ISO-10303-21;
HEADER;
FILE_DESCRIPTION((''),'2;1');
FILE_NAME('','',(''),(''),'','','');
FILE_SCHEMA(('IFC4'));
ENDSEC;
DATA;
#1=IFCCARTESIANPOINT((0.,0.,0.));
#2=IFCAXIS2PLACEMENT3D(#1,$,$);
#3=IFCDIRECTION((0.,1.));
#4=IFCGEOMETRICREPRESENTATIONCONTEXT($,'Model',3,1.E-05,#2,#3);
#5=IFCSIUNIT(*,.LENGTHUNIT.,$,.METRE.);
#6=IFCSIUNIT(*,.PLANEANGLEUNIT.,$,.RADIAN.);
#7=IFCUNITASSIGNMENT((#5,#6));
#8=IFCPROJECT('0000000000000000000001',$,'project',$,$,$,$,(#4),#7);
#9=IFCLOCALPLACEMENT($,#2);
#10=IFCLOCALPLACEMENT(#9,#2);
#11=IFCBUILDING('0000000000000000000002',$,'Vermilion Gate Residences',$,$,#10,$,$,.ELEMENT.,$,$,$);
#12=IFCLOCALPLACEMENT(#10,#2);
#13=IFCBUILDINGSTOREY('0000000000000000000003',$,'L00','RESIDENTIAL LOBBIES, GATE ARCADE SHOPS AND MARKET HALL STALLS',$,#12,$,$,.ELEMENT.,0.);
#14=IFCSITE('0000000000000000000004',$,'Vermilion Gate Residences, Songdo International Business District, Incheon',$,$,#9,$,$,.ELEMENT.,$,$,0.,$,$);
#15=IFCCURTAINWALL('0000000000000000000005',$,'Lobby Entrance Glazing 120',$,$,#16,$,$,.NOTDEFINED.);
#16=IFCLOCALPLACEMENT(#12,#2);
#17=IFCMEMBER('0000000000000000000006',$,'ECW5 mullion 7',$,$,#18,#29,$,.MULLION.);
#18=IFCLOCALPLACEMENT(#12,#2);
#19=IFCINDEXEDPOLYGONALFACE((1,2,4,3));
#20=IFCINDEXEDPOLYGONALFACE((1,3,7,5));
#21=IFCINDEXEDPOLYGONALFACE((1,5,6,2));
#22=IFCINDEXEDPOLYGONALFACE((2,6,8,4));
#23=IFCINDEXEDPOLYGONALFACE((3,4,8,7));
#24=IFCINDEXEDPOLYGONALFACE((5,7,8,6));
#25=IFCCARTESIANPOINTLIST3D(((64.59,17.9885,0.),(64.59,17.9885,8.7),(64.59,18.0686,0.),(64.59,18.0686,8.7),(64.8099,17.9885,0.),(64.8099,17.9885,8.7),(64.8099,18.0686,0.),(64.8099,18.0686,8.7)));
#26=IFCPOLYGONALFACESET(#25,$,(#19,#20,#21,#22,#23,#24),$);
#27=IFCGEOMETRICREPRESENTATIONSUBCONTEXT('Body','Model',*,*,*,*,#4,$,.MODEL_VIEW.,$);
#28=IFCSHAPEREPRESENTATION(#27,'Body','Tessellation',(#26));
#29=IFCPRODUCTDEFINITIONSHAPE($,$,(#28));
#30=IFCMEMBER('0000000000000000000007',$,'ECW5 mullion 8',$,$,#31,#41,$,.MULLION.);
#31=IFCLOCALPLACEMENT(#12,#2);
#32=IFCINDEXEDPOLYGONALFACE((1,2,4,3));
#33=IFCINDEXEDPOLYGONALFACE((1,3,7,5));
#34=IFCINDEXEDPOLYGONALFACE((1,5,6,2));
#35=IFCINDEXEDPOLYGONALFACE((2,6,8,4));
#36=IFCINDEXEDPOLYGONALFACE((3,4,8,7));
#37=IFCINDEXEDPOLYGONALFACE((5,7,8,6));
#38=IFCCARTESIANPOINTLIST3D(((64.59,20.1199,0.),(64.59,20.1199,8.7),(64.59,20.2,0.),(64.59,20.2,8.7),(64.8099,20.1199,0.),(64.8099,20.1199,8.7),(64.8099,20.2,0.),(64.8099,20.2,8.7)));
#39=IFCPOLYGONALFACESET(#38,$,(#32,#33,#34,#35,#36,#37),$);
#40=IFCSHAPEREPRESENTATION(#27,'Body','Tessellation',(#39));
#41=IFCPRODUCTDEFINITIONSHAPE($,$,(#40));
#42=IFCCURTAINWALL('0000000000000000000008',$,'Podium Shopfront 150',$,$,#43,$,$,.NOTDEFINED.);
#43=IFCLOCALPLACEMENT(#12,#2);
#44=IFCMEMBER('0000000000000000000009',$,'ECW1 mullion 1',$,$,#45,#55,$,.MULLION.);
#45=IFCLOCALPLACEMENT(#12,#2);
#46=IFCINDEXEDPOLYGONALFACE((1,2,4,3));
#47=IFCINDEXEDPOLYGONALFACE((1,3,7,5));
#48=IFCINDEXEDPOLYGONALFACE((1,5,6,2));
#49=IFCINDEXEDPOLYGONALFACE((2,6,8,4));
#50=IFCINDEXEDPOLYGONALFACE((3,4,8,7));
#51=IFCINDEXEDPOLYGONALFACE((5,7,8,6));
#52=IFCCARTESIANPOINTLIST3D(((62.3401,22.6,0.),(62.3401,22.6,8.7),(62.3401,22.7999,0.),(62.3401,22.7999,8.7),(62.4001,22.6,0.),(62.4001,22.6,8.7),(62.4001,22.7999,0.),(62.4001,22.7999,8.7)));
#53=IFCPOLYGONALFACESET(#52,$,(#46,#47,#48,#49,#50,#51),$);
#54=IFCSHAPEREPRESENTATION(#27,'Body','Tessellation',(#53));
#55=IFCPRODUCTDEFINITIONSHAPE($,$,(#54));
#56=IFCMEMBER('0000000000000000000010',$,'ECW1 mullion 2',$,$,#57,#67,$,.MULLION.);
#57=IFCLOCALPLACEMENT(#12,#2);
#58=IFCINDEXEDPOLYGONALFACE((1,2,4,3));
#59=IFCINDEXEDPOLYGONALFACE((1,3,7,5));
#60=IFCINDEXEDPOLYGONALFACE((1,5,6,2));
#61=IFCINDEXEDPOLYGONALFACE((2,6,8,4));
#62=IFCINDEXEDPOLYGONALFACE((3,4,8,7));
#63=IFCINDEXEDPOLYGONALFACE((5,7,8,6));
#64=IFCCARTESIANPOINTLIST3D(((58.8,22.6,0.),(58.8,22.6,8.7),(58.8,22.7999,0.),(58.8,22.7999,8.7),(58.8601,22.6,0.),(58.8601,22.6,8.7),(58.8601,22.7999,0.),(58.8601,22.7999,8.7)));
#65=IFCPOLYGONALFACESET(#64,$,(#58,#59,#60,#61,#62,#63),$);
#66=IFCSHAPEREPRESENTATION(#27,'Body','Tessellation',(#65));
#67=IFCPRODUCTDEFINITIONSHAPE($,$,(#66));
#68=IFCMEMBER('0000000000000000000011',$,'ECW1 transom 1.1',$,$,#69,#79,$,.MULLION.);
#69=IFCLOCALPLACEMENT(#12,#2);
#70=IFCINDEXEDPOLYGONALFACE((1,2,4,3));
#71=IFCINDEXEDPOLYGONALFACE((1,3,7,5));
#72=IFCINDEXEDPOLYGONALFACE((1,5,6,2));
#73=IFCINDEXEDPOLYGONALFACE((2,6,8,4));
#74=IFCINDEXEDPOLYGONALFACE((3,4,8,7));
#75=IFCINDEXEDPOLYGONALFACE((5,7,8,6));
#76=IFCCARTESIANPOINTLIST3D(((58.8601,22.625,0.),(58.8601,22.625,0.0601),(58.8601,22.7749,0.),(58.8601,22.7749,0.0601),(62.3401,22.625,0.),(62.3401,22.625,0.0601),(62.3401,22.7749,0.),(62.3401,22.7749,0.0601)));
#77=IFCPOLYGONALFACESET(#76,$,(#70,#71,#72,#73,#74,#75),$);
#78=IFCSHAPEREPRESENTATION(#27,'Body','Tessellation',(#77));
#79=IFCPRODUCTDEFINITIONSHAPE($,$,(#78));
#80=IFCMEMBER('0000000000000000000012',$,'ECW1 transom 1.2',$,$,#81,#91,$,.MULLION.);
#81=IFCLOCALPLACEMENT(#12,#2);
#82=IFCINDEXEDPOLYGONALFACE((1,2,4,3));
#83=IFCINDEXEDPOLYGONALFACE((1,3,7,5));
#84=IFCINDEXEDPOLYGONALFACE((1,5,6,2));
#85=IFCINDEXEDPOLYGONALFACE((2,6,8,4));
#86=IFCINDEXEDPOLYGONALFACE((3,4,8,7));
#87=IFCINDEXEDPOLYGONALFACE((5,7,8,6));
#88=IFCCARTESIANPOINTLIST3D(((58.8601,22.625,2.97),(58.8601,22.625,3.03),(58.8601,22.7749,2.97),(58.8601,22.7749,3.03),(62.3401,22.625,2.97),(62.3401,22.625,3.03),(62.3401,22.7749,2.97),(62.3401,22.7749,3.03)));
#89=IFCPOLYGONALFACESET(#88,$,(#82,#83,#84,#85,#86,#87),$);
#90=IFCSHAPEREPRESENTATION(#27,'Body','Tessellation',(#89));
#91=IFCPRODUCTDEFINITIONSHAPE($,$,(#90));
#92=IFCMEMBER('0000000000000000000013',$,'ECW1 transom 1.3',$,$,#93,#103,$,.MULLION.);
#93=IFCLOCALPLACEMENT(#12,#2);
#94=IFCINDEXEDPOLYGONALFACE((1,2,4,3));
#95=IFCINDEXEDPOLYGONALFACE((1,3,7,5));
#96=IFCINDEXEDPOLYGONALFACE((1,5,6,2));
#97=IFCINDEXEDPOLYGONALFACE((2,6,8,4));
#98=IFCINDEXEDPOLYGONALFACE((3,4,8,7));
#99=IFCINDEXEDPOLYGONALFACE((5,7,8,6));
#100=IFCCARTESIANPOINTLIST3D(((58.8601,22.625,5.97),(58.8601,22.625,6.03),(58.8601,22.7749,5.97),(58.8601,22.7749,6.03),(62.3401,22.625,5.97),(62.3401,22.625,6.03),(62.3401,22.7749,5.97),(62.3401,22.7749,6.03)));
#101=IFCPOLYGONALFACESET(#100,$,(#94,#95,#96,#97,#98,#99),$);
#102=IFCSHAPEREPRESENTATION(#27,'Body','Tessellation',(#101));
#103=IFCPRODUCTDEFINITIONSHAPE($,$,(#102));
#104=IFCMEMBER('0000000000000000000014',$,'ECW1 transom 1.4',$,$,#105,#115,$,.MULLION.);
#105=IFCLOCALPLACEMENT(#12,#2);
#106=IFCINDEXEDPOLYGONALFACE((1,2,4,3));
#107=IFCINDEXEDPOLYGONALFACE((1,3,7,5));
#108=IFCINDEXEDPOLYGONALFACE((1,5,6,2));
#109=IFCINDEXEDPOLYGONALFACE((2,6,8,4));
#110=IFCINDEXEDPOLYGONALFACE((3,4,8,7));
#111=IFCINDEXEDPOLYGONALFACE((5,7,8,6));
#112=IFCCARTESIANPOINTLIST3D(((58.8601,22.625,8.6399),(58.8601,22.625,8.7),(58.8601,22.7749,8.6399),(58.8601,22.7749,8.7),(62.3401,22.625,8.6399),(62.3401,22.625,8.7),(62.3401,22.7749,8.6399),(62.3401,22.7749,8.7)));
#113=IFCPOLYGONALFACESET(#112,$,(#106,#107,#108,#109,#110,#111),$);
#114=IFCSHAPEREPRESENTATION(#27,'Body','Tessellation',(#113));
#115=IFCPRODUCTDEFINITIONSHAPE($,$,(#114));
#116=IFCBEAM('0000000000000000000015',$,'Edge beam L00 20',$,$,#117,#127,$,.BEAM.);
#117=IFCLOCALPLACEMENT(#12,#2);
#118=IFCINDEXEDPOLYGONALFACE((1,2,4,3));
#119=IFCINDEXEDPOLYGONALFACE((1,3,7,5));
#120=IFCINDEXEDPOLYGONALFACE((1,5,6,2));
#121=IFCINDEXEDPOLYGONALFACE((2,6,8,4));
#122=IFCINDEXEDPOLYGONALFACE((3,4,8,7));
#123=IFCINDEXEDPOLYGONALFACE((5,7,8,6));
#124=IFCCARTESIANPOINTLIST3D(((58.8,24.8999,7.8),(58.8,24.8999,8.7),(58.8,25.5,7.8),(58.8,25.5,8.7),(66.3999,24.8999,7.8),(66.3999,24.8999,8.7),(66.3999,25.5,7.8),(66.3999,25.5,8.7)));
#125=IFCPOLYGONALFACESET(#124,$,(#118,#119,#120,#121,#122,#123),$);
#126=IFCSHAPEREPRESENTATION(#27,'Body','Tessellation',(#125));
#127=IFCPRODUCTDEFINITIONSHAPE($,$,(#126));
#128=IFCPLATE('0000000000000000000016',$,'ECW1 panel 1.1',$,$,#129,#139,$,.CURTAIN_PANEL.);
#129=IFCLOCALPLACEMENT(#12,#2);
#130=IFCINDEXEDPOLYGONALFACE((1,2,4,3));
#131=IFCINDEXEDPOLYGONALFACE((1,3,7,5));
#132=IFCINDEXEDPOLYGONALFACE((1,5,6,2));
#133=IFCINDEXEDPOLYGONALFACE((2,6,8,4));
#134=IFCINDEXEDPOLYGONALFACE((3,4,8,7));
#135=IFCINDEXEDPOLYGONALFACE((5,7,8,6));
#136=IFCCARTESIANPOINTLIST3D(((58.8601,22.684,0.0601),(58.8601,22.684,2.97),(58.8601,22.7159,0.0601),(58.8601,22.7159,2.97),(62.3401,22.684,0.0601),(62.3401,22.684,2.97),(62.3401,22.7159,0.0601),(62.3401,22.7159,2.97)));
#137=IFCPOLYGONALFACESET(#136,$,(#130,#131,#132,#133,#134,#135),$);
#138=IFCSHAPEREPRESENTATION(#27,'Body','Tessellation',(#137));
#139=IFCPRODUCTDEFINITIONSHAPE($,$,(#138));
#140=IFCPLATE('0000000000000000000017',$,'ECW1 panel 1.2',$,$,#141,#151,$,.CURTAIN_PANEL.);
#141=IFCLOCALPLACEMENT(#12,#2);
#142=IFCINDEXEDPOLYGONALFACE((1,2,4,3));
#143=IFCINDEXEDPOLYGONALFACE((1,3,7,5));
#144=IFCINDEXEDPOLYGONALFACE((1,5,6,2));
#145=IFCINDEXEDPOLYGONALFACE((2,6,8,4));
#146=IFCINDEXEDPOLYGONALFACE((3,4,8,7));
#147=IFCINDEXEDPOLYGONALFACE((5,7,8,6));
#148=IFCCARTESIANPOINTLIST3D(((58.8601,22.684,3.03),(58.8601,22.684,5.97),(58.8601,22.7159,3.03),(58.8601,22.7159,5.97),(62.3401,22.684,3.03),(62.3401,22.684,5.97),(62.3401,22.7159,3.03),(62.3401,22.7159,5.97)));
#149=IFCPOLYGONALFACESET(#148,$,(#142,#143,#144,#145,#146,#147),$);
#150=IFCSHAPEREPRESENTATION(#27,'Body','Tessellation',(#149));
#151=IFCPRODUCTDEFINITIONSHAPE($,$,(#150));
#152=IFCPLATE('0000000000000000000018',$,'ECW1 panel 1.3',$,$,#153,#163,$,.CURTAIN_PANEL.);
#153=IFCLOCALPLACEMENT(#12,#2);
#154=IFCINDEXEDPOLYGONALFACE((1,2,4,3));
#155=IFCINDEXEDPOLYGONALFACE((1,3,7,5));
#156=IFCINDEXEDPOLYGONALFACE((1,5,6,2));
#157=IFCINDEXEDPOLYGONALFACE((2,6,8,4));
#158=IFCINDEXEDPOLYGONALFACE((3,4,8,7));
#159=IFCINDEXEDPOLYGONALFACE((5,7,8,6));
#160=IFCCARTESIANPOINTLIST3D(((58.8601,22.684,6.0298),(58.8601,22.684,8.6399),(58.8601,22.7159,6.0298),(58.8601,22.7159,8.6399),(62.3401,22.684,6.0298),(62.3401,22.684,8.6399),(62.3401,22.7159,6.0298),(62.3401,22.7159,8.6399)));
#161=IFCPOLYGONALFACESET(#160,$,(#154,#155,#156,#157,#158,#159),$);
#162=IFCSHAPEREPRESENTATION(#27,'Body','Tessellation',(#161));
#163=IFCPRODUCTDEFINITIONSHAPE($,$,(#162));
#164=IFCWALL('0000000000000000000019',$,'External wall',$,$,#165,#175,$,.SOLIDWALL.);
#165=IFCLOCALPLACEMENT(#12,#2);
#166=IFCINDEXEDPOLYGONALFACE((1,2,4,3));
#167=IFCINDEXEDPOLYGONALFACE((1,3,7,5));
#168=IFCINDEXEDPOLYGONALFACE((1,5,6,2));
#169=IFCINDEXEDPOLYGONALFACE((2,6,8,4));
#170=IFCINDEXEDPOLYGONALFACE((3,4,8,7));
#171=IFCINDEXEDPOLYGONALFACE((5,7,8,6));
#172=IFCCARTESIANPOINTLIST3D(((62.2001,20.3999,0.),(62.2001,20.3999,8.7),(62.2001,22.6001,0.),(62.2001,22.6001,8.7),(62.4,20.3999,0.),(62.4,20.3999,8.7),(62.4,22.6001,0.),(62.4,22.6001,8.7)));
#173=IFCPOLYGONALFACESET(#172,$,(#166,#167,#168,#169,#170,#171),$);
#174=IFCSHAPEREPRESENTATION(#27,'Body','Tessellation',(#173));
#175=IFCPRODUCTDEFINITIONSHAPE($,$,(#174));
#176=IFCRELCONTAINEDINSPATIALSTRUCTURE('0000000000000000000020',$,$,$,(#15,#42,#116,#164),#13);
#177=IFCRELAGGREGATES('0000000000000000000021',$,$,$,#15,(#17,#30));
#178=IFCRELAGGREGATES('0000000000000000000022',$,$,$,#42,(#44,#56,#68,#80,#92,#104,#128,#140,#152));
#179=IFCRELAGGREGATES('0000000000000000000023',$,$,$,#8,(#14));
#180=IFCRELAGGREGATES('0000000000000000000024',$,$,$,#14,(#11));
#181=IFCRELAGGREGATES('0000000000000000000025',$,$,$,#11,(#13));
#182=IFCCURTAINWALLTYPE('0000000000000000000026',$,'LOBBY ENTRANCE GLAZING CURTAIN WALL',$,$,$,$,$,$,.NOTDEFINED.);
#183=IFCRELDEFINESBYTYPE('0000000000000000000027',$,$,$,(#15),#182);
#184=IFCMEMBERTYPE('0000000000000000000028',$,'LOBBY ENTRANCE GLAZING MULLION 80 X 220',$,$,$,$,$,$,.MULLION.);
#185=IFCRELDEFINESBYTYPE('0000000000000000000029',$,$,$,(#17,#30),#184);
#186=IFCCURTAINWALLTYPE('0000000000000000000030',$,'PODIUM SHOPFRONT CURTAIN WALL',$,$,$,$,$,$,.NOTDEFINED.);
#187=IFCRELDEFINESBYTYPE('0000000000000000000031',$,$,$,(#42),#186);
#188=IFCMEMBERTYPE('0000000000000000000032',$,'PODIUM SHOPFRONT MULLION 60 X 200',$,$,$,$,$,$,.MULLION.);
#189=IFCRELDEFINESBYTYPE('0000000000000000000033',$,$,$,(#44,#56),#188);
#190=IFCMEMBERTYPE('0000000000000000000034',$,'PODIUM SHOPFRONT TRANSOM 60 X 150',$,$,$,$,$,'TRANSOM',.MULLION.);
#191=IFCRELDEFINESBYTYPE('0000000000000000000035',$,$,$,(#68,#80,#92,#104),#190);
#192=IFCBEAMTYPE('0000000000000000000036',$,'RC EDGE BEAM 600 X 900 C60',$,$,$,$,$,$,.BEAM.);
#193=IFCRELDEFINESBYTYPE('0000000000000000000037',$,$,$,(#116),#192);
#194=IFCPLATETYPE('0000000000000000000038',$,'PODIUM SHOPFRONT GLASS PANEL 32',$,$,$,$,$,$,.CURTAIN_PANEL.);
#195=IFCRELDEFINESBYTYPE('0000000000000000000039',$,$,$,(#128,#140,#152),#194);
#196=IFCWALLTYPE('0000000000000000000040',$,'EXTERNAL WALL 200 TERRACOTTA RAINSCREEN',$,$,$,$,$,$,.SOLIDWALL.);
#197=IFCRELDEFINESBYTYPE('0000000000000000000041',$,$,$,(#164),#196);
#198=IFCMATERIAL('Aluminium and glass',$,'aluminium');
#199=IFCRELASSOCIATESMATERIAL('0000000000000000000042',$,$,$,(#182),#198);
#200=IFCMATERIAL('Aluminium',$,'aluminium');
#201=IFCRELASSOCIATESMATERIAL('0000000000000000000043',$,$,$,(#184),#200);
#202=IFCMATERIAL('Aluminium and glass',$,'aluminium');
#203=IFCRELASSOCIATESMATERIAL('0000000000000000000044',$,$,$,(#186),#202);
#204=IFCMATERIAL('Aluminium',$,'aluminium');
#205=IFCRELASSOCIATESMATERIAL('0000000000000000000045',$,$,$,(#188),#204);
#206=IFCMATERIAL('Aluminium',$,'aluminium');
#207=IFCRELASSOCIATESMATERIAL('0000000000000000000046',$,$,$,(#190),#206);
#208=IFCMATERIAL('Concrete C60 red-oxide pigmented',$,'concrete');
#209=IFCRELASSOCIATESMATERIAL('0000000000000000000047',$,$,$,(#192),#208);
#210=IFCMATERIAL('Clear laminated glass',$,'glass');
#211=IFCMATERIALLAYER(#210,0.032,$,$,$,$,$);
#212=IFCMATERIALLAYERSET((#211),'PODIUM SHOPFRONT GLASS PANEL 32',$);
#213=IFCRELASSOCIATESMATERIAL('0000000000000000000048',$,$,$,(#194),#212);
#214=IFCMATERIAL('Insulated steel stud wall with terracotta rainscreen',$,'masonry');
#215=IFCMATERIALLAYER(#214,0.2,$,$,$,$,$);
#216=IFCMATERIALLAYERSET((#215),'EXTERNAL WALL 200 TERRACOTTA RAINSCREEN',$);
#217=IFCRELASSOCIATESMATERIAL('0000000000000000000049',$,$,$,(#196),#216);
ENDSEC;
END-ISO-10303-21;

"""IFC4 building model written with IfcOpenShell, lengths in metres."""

from ifc_helpers import new_model, si_unit, direction, frame, frame_2d, origin, origin_2d, place, context, subcontext, project, spatial, rectangle, extrude, material, layer, layer_set, material_profile, profile_set, type_object, element, aggregate, save


model = new_model("IFC4")

# Units and contexts
model_context = context("Model", 3, precision=1e-05, world=origin(), true_north=direction((0.0, 1.0)))
body_context = subcontext(model_context, "Body", "Model", "MODEL_VIEW")
ifc_project = project(units=[si_unit("LENGTHUNIT", "METRE"), si_unit("PLANEANGLEUNIT", "RADIAN")], contexts=[model_context])

# Site, building, storey
site_placement = place(None, origin())
site = spatial("IfcSite", under=ifc_project, at=site_placement, Name="Vermilion Gate Residences, Songdo International Business District, Incheon", CompositionType="ELEMENT", RefElevation=0.0)
building_placement = place(site_placement, origin())
building = spatial("IfcBuilding", under=site, at=building_placement, Name="Vermilion Gate Residences", CompositionType="ELEMENT")
storey_placement = place(building_placement, origin())
storey = spatial("IfcBuildingStorey", under=building, at=storey_placement, Name="L00", Description="RESIDENTIAL LOBBIES, GATE ARCADE SHOPS AND MARKET HALL STALLS", CompositionType="ELEMENT", Elevation=0.0)

# Curtain walls, members
ifc_material_1 = material(Name="Aluminium and glass", Category="aluminium")
curtain_wall_type_1 = type_object("IfcCurtainWallType", Name="LOBBY ENTRANCE GLAZING CURTAIN WALL", PredefinedType="NOTDEFINED", material=ifc_material_1)
curtain_wall_1_placement = place(storey_placement, origin())
curtain_wall_1 = element("IfcCurtainWall", 1, at=curtain_wall_1_placement, inside=storey, type_object=curtain_wall_type_1, Name="Lobby Entrance Glazing 120", PredefinedType="NOTDEFINED")
ifc_material_2 = material(Name="Aluminium", Category="aluminium")
ifc_material_profile_1 = material_profile(ifc_material_2, rectangle(XDim=0.22, YDim=0.0801, at=origin_2d()), Name="MULLION 80 X 220")
ifc_profile_set_1 = profile_set([ifc_material_profile_1], Name="Aluminium")
member_type_1 = type_object("IfcMemberType", Name="LOBBY ENTRANCE GLAZING MULLION 80 X 220", PredefinedType="MULLION", material=ifc_profile_set_1)
member_1_placement = place(storey_placement, frame((64.7, 18.0286, 0.0), z_axis=(0.0, 0.0, 1.0), x_axis=(-1.0, 0.0, 0.0)))
member_1 = element("IfcMember", 2, at=member_1_placement, type_object=member_type_1, Name="ECW5 mullion 7", PredefinedType="MULLION", context=body_context, shape_type="SweptSolid", body=[
    extrude(rectangle(XDim=0.22, YDim=0.0801, at=origin_2d()), origin(), (0.0, 0.0, 1.0), 8.7),
])
member_2_placement = place(storey_placement, frame((64.7, 20.1599, 0.0), z_axis=(0.0, 0.0, 1.0), x_axis=(-1.0, 0.0, 0.0)))
member_2 = element("IfcMember", 3, at=member_2_placement, type_object=member_type_1, Name="ECW5 mullion 8", PredefinedType="MULLION", context=body_context, shape_type="SweptSolid", body=[
    extrude(rectangle(XDim=0.22, YDim=0.0801, at=origin_2d()), origin(), (0.0, 0.0, 1.0), 8.7),
])
aggregate(curtain_wall_1, [member_1, member_2])
ifc_material_3 = material(Name="Aluminium and glass", Category="aluminium")
curtain_wall_type_2 = type_object("IfcCurtainWallType", Name="PODIUM SHOPFRONT CURTAIN WALL", PredefinedType="NOTDEFINED", material=ifc_material_3)
curtain_wall_2_placement = place(storey_placement, origin())
curtain_wall_2 = element("IfcCurtainWall", 4, at=curtain_wall_2_placement, inside=storey, type_object=curtain_wall_type_2, Name="Podium Shopfront 150", PredefinedType="NOTDEFINED")
ifc_material_4 = material(Name="Aluminium", Category="aluminium")
ifc_material_profile_2 = material_profile(ifc_material_4, rectangle(XDim=0.2, YDim=0.0601, at=origin_2d()), Name="MULLION 60 X 200")
ifc_profile_set_2 = profile_set([ifc_material_profile_2], Name="Aluminium")
member_type_2 = type_object("IfcMemberType", Name="PODIUM SHOPFRONT MULLION 60 X 200", PredefinedType="MULLION", material=ifc_profile_set_2)
member_3_placement = place(storey_placement, frame((62.3701, 22.7, 0.0), z_axis=(0.0, 0.0, 1.0), x_axis=(0.0, -1.0, 0.0)))
member_3 = element("IfcMember", 5, at=member_3_placement, type_object=member_type_2, Name="ECW1 mullion 1", PredefinedType="MULLION", context=body_context, shape_type="SweptSolid", body=[
    extrude(rectangle(XDim=0.2, YDim=0.0601, at=origin_2d()), origin(), (0.0, 0.0, 1.0), 8.7),
])
member_4_placement = place(storey_placement, frame((58.8301, 22.7, 0.0), z_axis=(0.0, 0.0, 1.0), x_axis=(0.0, -1.0, 0.0)))
member_4 = element("IfcMember", 6, at=member_4_placement, type_object=member_type_2, Name="ECW1 mullion 2", PredefinedType="MULLION", context=body_context, shape_type="SweptSolid", body=[
    extrude(rectangle(XDim=0.2, YDim=0.0601, at=origin_2d()), origin(), (0.0, 0.0, 1.0), 8.7),
])
ifc_material_5 = material(Name="Aluminium", Category="aluminium")
ifc_material_profile_3 = material_profile(ifc_material_5, rectangle(XDim=0.1499, YDim=0.0601, at=origin_2d()), Name="TRANSOM 60 X 150")
ifc_profile_set_3 = profile_set([ifc_material_profile_3], Name="Aluminium")
member_type_3 = type_object("IfcMemberType", Name="PODIUM SHOPFRONT TRANSOM 60 X 150", ElementType="TRANSOM", PredefinedType="MULLION", material=ifc_profile_set_3)
member_5_placement = place(storey_placement, frame((62.3401, 22.7, 0.03), z_axis=(-1.0, 0.0, 0.0), x_axis=(0.0, -1.0, 0.0)))
member_5 = element("IfcMember", 7, at=member_5_placement, type_object=member_type_3, Name="ECW1 transom 1.1", PredefinedType="MULLION", context=body_context, shape_type="SweptSolid", body=[
    extrude(rectangle(XDim=0.1499, YDim=0.0601, at=origin_2d()), origin(), (0.0, 0.0, 1.0), 3.48),
])
member_6_placement = place(storey_placement, frame((62.3401, 22.7, 3.0), z_axis=(-1.0, 0.0, 0.0), x_axis=(0.0, -1.0, 0.0)))
member_6 = element("IfcMember", 8, at=member_6_placement, type_object=member_type_3, Name="ECW1 transom 1.2", PredefinedType="MULLION", context=body_context, shape_type="SweptSolid", body=[
    extrude(rectangle(XDim=0.1499, YDim=0.0601, at=origin_2d()), origin(), (0.0, 0.0, 1.0), 3.48),
])
member_7_placement = place(storey_placement, frame((62.3401, 22.7, 6.0), z_axis=(-1.0, 0.0, 0.0), x_axis=(0.0, -1.0, 0.0)))
member_7 = element("IfcMember", 9, at=member_7_placement, type_object=member_type_3, Name="ECW1 transom 1.3", PredefinedType="MULLION", context=body_context, shape_type="SweptSolid", body=[
    extrude(rectangle(XDim=0.1499, YDim=0.0601, at=origin_2d()), origin(), (0.0, 0.0, 1.0), 3.48),
])
member_8_placement = place(storey_placement, frame((62.3401, 22.7, 8.6699), z_axis=(-1.0, 0.0, 0.0), x_axis=(0.0, -1.0, 0.0)))
member_8 = element("IfcMember", 10, at=member_8_placement, type_object=member_type_3, Name="ECW1 transom 1.4", PredefinedType="MULLION", context=body_context, shape_type="SweptSolid", body=[
    extrude(rectangle(XDim=0.1499, YDim=0.0601, at=origin_2d()), origin(), (0.0, 0.0, 1.0), 3.48),
])

# Beam
ifc_material_6 = material(Name="Concrete C60 red-oxide pigmented", Category="concrete")
ifc_material_profile_4 = material_profile(ifc_material_6, rectangle(XDim=0.6001, YDim=0.8999, at=origin_2d()), Name="RC-600x900")
ifc_profile_set_4 = profile_set([ifc_material_profile_4], Name="Concrete C60 red-oxide pigmented")
beam_type = type_object("IfcBeamType", Name="RC EDGE BEAM 600 X 900 C60", PredefinedType="BEAM", material=ifc_profile_set_4)
beam_placement = place(storey_placement, frame((58.8, 25.2, 8.25), z_axis=(1.0, 0.0, 0.0), x_axis=(0.0, 1.0, 0.0)))
element("IfcBeam", 11, at=beam_placement, inside=storey, type_object=beam_type, Name="Edge beam L00 20", PredefinedType="BEAM", context=body_context, shape_type="SweptSolid", body=[
    extrude(rectangle(XDim=0.6001, YDim=0.8999, at=origin_2d()), origin(), (0.0, 0.0, 1.0), 7.5999),
])

# Plates
ifc_material_7 = material(Name="Clear laminated glass", Category="glass")
ifc_layer_1 = layer(ifc_material_7, 0.032)
ifc_layer_set_1 = layer_set([ifc_layer_1], Name="PODIUM SHOPFRONT GLASS PANEL 32")
plate_type = type_object("IfcPlateType", Name="PODIUM SHOPFRONT GLASS PANEL 32", PredefinedType="CURTAIN_PANEL", material=ifc_layer_set_1)
plate_1_placement = place(storey_placement, frame((60.6001, 22.7, 0.0601), z_axis=(0.0, 0.0, 1.0), x_axis=(-1.0, 0.0, 0.0)))
plate_1 = element("IfcPlate", 12, at=plate_1_placement, type_object=plate_type, Name="ECW1 panel 1.1", PredefinedType="CURTAIN_PANEL", context=body_context, shape_type="SweptSolid", body=[
    extrude(rectangle(XDim=3.48, YDim=0.032, at=origin_2d()), origin(), (0.0, 0.0, 1.0), 2.9099),
])
plate_2_placement = place(storey_placement, frame((60.6001, 22.7, 3.03), z_axis=(0.0, 0.0, 1.0), x_axis=(-1.0, 0.0, 0.0)))
plate_2 = element("IfcPlate", 13, at=plate_2_placement, type_object=plate_type, Name="ECW1 panel 1.2", PredefinedType="CURTAIN_PANEL", context=body_context, shape_type="SweptSolid", body=[
    extrude(rectangle(XDim=3.48, YDim=0.032, at=origin_2d()), origin(), (0.0, 0.0, 1.0), 2.9399),
])
plate_3_placement = place(storey_placement, frame((60.6001, 22.7, 6.0298), z_axis=(0.0, 0.0, 1.0), x_axis=(-1.0, 0.0, 0.0)))
plate_3 = element("IfcPlate", 14, at=plate_3_placement, type_object=plate_type, Name="ECW1 panel 1.3", PredefinedType="CURTAIN_PANEL", context=body_context, shape_type="SweptSolid", body=[
    extrude(rectangle(XDim=3.48, YDim=0.032, at=origin_2d()), origin(), (0.0, 0.0, 1.0), 2.6101),
])
aggregate(curtain_wall_2, [member_3, member_4, member_5, member_6, member_7, member_8, plate_1, plate_2, plate_3])

# Wall
ifc_material_8 = material(Name="Insulated steel stud wall with terracotta rainscreen", Category="masonry")
ifc_layer_2 = layer(ifc_material_8, 0.2)
ifc_layer_set_2 = layer_set([ifc_layer_2], Name="EXTERNAL WALL 200 TERRACOTTA RAINSCREEN")
wall_type_1 = type_object("IfcWallType", Name="EXTERNAL WALL 200 TERRACOTTA RAINSCREEN", PredefinedType="SOLIDWALL", material=ifc_layer_set_2)
wall_1_placement = place(storey_placement, frame((62.3, 20.3999, 0.0), z_axis=(0.0, 0.0, 1.0), x_axis=(0.0, 1.0, 0.0)))
element("IfcWall", 15, at=wall_1_placement, inside=storey, type_object=wall_type_1, Name="External wall", PredefinedType="SOLIDWALL", context=body_context, shape_type="SweptSolid", body=[
    extrude(rectangle(XDim=2.2002, YDim=0.2, at=frame_2d((1.1001, 0.0))), origin(), (0.0, 0.0, 1.0), 8.7),
])

save(model, "model.ifc")
